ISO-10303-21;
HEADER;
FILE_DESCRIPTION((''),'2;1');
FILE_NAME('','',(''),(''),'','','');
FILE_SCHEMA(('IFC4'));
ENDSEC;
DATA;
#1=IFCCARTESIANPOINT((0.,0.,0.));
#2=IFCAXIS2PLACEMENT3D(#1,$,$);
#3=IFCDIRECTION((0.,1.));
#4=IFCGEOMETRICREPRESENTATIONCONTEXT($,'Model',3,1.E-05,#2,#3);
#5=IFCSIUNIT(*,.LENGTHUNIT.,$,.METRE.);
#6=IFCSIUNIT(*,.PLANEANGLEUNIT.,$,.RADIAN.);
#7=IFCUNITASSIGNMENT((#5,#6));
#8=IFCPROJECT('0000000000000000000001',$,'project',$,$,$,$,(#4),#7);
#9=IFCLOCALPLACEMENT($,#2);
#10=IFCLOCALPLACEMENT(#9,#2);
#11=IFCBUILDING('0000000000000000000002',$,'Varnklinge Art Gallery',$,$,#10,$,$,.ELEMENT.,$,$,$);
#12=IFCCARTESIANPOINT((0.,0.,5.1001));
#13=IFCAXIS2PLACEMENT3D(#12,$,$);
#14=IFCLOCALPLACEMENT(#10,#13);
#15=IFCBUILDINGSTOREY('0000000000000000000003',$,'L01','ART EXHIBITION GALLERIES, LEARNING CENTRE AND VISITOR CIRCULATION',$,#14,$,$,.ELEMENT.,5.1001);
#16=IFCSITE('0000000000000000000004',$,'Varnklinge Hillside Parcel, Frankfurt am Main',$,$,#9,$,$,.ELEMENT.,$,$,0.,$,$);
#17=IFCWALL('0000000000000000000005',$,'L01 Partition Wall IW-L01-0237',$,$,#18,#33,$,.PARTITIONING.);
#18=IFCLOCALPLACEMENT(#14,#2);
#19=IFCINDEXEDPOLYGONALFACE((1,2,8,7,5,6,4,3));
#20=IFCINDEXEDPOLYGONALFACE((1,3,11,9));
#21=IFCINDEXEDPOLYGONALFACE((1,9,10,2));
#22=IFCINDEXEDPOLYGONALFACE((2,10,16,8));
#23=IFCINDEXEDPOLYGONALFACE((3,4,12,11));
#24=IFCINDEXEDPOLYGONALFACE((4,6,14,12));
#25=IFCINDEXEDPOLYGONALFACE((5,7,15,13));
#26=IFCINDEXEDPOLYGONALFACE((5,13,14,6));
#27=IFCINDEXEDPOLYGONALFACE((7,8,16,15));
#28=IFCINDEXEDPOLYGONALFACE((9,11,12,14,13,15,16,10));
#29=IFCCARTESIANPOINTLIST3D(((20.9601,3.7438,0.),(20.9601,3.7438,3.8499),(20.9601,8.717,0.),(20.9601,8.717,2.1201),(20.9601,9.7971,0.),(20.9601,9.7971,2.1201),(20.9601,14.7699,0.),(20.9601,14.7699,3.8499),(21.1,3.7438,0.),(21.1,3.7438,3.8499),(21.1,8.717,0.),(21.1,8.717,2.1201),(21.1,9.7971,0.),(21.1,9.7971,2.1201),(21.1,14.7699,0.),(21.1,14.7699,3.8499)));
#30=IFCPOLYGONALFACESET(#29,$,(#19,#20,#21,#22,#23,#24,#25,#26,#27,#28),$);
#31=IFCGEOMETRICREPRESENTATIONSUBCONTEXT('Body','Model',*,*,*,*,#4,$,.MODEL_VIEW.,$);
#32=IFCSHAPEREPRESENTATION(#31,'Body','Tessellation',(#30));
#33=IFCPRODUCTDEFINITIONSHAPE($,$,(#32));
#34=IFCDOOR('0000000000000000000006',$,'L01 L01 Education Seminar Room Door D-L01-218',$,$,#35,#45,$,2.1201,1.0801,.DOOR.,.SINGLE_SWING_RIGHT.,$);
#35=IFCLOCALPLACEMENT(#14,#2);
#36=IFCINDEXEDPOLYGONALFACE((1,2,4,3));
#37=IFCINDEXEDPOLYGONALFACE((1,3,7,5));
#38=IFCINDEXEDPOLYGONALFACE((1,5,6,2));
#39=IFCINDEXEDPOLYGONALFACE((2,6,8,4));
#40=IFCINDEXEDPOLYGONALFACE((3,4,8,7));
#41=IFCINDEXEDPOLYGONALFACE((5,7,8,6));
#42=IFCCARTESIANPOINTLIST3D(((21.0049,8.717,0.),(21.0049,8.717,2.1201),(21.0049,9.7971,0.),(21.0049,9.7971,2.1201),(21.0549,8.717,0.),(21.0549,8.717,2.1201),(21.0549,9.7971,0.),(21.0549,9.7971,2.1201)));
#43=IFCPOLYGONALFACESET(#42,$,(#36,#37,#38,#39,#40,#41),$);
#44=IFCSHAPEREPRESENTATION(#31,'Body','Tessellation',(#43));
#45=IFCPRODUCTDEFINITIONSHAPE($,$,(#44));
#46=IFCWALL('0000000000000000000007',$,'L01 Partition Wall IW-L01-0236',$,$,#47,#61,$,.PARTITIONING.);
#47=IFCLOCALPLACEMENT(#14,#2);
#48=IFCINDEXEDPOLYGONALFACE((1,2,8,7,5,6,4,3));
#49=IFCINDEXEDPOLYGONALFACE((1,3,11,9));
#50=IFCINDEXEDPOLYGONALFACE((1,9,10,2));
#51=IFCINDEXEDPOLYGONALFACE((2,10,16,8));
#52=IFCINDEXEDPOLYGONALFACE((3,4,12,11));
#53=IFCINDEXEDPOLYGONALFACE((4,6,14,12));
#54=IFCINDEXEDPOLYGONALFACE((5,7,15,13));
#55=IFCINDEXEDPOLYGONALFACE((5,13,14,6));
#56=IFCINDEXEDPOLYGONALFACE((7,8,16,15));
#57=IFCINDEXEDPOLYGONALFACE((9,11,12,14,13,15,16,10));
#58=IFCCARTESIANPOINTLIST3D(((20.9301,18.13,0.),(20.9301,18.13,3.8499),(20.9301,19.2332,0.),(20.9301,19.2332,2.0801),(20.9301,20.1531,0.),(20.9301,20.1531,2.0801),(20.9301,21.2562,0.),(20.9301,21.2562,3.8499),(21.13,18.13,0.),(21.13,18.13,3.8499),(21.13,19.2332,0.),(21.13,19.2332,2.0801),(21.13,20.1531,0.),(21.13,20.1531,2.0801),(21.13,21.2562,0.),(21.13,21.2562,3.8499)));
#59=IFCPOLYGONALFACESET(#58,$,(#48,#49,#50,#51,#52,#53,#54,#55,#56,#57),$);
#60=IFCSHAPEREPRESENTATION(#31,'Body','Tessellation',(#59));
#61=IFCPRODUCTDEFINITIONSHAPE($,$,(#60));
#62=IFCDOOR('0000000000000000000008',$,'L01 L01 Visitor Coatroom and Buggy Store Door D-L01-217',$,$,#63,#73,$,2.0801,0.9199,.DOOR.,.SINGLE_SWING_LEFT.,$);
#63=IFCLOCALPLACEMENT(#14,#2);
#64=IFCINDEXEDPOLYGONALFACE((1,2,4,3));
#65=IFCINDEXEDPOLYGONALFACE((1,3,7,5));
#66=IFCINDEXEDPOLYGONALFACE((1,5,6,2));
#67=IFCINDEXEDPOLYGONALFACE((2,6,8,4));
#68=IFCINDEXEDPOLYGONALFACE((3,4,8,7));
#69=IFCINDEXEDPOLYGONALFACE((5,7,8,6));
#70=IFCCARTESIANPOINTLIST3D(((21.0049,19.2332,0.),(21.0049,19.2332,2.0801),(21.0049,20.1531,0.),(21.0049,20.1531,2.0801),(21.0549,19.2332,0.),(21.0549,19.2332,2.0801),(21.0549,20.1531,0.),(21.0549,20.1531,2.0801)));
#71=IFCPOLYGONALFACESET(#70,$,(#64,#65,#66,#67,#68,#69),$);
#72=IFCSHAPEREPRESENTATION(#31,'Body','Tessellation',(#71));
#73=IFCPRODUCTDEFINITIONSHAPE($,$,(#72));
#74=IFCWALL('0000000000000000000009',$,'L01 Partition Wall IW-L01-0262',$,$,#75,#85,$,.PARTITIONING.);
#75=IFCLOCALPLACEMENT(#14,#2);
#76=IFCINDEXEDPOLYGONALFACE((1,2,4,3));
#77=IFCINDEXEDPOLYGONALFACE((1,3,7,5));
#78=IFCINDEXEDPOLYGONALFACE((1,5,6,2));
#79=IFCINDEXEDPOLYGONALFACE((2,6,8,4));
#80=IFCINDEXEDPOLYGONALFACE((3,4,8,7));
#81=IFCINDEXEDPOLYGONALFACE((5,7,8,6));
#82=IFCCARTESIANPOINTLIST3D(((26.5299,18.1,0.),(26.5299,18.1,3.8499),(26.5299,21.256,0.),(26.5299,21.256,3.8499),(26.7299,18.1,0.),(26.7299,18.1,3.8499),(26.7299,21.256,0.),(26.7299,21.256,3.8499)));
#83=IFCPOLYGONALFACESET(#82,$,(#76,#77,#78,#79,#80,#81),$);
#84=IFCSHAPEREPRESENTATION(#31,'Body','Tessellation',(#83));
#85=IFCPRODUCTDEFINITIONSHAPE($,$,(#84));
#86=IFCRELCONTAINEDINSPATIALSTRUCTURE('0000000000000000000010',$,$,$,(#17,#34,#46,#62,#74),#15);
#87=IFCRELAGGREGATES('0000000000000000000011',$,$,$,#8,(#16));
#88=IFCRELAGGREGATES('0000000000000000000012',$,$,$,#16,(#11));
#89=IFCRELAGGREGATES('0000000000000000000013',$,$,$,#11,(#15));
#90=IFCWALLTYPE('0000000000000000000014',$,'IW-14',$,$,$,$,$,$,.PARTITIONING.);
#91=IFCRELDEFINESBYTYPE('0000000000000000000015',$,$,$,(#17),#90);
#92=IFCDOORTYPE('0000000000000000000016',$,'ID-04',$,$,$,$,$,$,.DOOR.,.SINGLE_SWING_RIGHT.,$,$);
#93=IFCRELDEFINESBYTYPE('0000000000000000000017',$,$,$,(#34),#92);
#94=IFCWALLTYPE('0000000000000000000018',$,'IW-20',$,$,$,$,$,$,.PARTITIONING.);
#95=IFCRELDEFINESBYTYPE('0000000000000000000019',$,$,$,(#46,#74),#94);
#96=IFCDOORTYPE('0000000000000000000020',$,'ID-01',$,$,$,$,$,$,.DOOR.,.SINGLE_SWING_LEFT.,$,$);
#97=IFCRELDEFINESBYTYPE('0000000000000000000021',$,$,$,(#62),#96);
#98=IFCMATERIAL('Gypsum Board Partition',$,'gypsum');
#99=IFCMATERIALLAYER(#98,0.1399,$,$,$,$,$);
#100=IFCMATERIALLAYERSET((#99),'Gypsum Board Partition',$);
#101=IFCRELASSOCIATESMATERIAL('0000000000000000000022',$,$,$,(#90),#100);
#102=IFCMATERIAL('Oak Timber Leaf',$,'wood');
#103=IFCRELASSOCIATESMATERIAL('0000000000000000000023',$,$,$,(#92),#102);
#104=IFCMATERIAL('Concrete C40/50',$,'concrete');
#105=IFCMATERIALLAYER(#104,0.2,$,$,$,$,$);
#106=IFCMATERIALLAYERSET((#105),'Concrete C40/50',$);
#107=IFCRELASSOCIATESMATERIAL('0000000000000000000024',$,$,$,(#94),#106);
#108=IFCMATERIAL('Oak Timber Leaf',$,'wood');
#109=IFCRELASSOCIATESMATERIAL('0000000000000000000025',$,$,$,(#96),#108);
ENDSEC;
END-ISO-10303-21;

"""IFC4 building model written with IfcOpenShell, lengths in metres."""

from ifc_helpers import new_model, si_unit, direction, frame, frame_2d, origin, place, context, subcontext, project, spatial, rectangle, extrude, material, layer, layer_set, type_object, element, fill, save


model = new_model("IFC4")

# Units and contexts
model_context = context("Model", 3, precision=1e-05, world=origin(), true_north=direction((0.0, 1.0)))
body_context = subcontext(model_context, "Body", "Model", "MODEL_VIEW")
ifc_project = project(units=[si_unit("LENGTHUNIT", "METRE"), si_unit("PLANEANGLEUNIT", "RADIAN")], contexts=[model_context])

# Site, building, storey
site_placement = place(None, origin())
site = spatial("IfcSite", under=ifc_project, at=site_placement, Name="Varnklinge Hillside Parcel, Frankfurt am Main", CompositionType="ELEMENT", RefElevation=0.0)
building_placement = place(site_placement, origin())
building = spatial("IfcBuilding", under=site, at=building_placement, Name="Varnklinge Art Gallery", CompositionType="ELEMENT")
storey_placement = place(building_placement, frame((0.0, 0.0, 5.1001)))
storey = spatial("IfcBuildingStorey", under=building, at=storey_placement, Name="L01", Description="ART EXHIBITION GALLERIES, LEARNING CENTRE AND VISITOR CIRCULATION", CompositionType="ELEMENT", Elevation=5.1001)

# Walls, openings, doors
ifc_material_1 = material(Name="Gypsum Board Partition", Category="gypsum")
ifc_layer_1 = layer(ifc_material_1, 0.1399)
ifc_layer_set_1 = layer_set([ifc_layer_1], Name="Gypsum Board Partition")
wall_type_1 = type_object("IfcWallType", Name="IW-14", PredefinedType="PARTITIONING", material=ifc_layer_set_1)
wall_1_placement = place(storey_placement, frame((21.03, 14.77, 0.0), z_axis=(0.0, 0.0, 1.0), x_axis=(0.0, -1.0, 0.0)))
wall_1 = element("IfcWall", 1, at=wall_1_placement, inside=storey, type_object=wall_type_1, Name="L01 Partition Wall IW-L01-0237", PredefinedType="PARTITIONING", context=body_context, shape_type="SweptSolid", body=[
    extrude(rectangle(XDim=11.0261, YDim=0.1399, at=frame_2d((5.5132, 0.0))), origin(), (0.0, 0.0, 1.0), 3.8499),
])
opening_1_placement = place(wall_1_placement, frame((4.9729, 0.0, 0.0)))
opening_1 = element("IfcOpeningElement", 2, at=opening_1_placement, cuts=wall_1, PredefinedType="OPENING", context=body_context, shape_type="SweptSolid", body=[
    extrude(rectangle(XDim=1.0801, YDim=2.1201, at=frame_2d((0.54, 1.0601))), frame((0.0, 0.0798, 0.0), z_axis=(0.0, -1.0, 0.0), x_axis=(1.0, 0.0, 0.0)), (0.0, 0.0, 1.0), 0.1599),
])
ifc_material_2 = material(Name="Oak Timber Leaf", Category="wood")
door_type_1 = type_object("IfcDoorType", Name="ID-04", OperationType="SINGLE_SWING_RIGHT", PredefinedType="DOOR", material=ifc_material_2)
door_1_placement = place(opening_1_placement, origin())
door_1 = element("IfcDoor", 3, at=door_1_placement, inside=storey, type_object=door_type_1, Name="L01 L01 Education Seminar Room Door D-L01-218", OperationType="SINGLE_SWING_RIGHT", OverallHeight=2.1201, OverallWidth=1.0801, PredefinedType="DOOR", context=body_context, shape_type="SweptSolid", body=[
    extrude(rectangle(XDim=1.0801, YDim=2.1201, at=frame_2d((0.54, 1.0601))), frame((0.0, 0.0249, 0.0), z_axis=(0.0, -1.0, 0.0), x_axis=(1.0, 0.0, 0.0)), (0.0, 0.0, 1.0), 0.05),
])
fill(opening_1, door_1)
ifc_material_3 = material(Name="Concrete C40/50", Category="concrete")
ifc_layer_2 = layer(ifc_material_3, 0.2)
ifc_layer_set_2 = layer_set([ifc_layer_2], Name="Concrete C40/50")
wall_type_2 = type_object("IfcWallType", Name="IW-20", PredefinedType="PARTITIONING", material=ifc_layer_set_2)
wall_2_placement = place(storey_placement, frame((21.03, 21.2561, 0.0), z_axis=(0.0, 0.0, 1.0), x_axis=(0.0, -1.0, 0.0)))
wall_2 = element("IfcWall", 4, at=wall_2_placement, inside=storey, type_object=wall_type_2, Name="L01 Partition Wall IW-L01-0236", PredefinedType="PARTITIONING", context=body_context, shape_type="SweptSolid", body=[
    extrude(rectangle(XDim=3.1262, YDim=0.2, at=frame_2d((1.563, 0.0))), origin(), (0.0, 0.0, 1.0), 3.8499),
])
opening_2_placement = place(wall_2_placement, frame((1.103, 0.0, 0.0)))
opening_2 = element("IfcOpeningElement", 5, at=opening_2_placement, cuts=wall_2, PredefinedType="OPENING", context=body_context, shape_type="SweptSolid", body=[
    extrude(rectangle(XDim=0.9199, YDim=2.0801, at=frame_2d((0.46, 1.04))), frame((0.0, 0.1101, 0.0), z_axis=(0.0, -1.0, 0.0), x_axis=(1.0, 0.0, 0.0)), (0.0, 0.0, 1.0), 0.22),
])
ifc_material_4 = material(Name="Oak Timber Leaf", Category="wood")
door_type_2 = type_object("IfcDoorType", Name="ID-01", OperationType="SINGLE_SWING_LEFT", PredefinedType="DOOR", material=ifc_material_4)
door_2_placement = place(opening_2_placement, origin())
door_2 = element("IfcDoor", 6, at=door_2_placement, inside=storey, type_object=door_type_2, Name="L01 L01 Visitor Coatroom and Buggy Store Door D-L01-217", OperationType="SINGLE_SWING_LEFT", OverallHeight=2.0801, OverallWidth=0.9199, PredefinedType="DOOR", context=body_context, shape_type="SweptSolid", body=[
    extrude(rectangle(XDim=0.9199, YDim=2.0801, at=frame_2d((0.46, 1.04))), frame((0.0, 0.0249, 0.0), z_axis=(0.0, -1.0, 0.0), x_axis=(1.0, 0.0, 0.0)), (0.0, 0.0, 1.0), 0.05),
])
fill(opening_2, door_2)

# Wall
wall_3_placement = place(storey_placement, frame((26.6299, 21.2561, 0.0), z_axis=(0.0, 0.0, 1.0), x_axis=(0.0, -1.0, 0.0)))
element("IfcWall", 7, at=wall_3_placement, inside=storey, type_object=wall_type_2, Name="L01 Partition Wall IW-L01-0262", PredefinedType="PARTITIONING", context=body_context, shape_type="SweptSolid", body=[
    extrude(rectangle(XDim=3.156, YDim=0.2, at=frame_2d((1.5781, 0.0))), origin(), (0.0, 0.0, 1.0), 3.8499),
])

save(model, "model.ifc")
